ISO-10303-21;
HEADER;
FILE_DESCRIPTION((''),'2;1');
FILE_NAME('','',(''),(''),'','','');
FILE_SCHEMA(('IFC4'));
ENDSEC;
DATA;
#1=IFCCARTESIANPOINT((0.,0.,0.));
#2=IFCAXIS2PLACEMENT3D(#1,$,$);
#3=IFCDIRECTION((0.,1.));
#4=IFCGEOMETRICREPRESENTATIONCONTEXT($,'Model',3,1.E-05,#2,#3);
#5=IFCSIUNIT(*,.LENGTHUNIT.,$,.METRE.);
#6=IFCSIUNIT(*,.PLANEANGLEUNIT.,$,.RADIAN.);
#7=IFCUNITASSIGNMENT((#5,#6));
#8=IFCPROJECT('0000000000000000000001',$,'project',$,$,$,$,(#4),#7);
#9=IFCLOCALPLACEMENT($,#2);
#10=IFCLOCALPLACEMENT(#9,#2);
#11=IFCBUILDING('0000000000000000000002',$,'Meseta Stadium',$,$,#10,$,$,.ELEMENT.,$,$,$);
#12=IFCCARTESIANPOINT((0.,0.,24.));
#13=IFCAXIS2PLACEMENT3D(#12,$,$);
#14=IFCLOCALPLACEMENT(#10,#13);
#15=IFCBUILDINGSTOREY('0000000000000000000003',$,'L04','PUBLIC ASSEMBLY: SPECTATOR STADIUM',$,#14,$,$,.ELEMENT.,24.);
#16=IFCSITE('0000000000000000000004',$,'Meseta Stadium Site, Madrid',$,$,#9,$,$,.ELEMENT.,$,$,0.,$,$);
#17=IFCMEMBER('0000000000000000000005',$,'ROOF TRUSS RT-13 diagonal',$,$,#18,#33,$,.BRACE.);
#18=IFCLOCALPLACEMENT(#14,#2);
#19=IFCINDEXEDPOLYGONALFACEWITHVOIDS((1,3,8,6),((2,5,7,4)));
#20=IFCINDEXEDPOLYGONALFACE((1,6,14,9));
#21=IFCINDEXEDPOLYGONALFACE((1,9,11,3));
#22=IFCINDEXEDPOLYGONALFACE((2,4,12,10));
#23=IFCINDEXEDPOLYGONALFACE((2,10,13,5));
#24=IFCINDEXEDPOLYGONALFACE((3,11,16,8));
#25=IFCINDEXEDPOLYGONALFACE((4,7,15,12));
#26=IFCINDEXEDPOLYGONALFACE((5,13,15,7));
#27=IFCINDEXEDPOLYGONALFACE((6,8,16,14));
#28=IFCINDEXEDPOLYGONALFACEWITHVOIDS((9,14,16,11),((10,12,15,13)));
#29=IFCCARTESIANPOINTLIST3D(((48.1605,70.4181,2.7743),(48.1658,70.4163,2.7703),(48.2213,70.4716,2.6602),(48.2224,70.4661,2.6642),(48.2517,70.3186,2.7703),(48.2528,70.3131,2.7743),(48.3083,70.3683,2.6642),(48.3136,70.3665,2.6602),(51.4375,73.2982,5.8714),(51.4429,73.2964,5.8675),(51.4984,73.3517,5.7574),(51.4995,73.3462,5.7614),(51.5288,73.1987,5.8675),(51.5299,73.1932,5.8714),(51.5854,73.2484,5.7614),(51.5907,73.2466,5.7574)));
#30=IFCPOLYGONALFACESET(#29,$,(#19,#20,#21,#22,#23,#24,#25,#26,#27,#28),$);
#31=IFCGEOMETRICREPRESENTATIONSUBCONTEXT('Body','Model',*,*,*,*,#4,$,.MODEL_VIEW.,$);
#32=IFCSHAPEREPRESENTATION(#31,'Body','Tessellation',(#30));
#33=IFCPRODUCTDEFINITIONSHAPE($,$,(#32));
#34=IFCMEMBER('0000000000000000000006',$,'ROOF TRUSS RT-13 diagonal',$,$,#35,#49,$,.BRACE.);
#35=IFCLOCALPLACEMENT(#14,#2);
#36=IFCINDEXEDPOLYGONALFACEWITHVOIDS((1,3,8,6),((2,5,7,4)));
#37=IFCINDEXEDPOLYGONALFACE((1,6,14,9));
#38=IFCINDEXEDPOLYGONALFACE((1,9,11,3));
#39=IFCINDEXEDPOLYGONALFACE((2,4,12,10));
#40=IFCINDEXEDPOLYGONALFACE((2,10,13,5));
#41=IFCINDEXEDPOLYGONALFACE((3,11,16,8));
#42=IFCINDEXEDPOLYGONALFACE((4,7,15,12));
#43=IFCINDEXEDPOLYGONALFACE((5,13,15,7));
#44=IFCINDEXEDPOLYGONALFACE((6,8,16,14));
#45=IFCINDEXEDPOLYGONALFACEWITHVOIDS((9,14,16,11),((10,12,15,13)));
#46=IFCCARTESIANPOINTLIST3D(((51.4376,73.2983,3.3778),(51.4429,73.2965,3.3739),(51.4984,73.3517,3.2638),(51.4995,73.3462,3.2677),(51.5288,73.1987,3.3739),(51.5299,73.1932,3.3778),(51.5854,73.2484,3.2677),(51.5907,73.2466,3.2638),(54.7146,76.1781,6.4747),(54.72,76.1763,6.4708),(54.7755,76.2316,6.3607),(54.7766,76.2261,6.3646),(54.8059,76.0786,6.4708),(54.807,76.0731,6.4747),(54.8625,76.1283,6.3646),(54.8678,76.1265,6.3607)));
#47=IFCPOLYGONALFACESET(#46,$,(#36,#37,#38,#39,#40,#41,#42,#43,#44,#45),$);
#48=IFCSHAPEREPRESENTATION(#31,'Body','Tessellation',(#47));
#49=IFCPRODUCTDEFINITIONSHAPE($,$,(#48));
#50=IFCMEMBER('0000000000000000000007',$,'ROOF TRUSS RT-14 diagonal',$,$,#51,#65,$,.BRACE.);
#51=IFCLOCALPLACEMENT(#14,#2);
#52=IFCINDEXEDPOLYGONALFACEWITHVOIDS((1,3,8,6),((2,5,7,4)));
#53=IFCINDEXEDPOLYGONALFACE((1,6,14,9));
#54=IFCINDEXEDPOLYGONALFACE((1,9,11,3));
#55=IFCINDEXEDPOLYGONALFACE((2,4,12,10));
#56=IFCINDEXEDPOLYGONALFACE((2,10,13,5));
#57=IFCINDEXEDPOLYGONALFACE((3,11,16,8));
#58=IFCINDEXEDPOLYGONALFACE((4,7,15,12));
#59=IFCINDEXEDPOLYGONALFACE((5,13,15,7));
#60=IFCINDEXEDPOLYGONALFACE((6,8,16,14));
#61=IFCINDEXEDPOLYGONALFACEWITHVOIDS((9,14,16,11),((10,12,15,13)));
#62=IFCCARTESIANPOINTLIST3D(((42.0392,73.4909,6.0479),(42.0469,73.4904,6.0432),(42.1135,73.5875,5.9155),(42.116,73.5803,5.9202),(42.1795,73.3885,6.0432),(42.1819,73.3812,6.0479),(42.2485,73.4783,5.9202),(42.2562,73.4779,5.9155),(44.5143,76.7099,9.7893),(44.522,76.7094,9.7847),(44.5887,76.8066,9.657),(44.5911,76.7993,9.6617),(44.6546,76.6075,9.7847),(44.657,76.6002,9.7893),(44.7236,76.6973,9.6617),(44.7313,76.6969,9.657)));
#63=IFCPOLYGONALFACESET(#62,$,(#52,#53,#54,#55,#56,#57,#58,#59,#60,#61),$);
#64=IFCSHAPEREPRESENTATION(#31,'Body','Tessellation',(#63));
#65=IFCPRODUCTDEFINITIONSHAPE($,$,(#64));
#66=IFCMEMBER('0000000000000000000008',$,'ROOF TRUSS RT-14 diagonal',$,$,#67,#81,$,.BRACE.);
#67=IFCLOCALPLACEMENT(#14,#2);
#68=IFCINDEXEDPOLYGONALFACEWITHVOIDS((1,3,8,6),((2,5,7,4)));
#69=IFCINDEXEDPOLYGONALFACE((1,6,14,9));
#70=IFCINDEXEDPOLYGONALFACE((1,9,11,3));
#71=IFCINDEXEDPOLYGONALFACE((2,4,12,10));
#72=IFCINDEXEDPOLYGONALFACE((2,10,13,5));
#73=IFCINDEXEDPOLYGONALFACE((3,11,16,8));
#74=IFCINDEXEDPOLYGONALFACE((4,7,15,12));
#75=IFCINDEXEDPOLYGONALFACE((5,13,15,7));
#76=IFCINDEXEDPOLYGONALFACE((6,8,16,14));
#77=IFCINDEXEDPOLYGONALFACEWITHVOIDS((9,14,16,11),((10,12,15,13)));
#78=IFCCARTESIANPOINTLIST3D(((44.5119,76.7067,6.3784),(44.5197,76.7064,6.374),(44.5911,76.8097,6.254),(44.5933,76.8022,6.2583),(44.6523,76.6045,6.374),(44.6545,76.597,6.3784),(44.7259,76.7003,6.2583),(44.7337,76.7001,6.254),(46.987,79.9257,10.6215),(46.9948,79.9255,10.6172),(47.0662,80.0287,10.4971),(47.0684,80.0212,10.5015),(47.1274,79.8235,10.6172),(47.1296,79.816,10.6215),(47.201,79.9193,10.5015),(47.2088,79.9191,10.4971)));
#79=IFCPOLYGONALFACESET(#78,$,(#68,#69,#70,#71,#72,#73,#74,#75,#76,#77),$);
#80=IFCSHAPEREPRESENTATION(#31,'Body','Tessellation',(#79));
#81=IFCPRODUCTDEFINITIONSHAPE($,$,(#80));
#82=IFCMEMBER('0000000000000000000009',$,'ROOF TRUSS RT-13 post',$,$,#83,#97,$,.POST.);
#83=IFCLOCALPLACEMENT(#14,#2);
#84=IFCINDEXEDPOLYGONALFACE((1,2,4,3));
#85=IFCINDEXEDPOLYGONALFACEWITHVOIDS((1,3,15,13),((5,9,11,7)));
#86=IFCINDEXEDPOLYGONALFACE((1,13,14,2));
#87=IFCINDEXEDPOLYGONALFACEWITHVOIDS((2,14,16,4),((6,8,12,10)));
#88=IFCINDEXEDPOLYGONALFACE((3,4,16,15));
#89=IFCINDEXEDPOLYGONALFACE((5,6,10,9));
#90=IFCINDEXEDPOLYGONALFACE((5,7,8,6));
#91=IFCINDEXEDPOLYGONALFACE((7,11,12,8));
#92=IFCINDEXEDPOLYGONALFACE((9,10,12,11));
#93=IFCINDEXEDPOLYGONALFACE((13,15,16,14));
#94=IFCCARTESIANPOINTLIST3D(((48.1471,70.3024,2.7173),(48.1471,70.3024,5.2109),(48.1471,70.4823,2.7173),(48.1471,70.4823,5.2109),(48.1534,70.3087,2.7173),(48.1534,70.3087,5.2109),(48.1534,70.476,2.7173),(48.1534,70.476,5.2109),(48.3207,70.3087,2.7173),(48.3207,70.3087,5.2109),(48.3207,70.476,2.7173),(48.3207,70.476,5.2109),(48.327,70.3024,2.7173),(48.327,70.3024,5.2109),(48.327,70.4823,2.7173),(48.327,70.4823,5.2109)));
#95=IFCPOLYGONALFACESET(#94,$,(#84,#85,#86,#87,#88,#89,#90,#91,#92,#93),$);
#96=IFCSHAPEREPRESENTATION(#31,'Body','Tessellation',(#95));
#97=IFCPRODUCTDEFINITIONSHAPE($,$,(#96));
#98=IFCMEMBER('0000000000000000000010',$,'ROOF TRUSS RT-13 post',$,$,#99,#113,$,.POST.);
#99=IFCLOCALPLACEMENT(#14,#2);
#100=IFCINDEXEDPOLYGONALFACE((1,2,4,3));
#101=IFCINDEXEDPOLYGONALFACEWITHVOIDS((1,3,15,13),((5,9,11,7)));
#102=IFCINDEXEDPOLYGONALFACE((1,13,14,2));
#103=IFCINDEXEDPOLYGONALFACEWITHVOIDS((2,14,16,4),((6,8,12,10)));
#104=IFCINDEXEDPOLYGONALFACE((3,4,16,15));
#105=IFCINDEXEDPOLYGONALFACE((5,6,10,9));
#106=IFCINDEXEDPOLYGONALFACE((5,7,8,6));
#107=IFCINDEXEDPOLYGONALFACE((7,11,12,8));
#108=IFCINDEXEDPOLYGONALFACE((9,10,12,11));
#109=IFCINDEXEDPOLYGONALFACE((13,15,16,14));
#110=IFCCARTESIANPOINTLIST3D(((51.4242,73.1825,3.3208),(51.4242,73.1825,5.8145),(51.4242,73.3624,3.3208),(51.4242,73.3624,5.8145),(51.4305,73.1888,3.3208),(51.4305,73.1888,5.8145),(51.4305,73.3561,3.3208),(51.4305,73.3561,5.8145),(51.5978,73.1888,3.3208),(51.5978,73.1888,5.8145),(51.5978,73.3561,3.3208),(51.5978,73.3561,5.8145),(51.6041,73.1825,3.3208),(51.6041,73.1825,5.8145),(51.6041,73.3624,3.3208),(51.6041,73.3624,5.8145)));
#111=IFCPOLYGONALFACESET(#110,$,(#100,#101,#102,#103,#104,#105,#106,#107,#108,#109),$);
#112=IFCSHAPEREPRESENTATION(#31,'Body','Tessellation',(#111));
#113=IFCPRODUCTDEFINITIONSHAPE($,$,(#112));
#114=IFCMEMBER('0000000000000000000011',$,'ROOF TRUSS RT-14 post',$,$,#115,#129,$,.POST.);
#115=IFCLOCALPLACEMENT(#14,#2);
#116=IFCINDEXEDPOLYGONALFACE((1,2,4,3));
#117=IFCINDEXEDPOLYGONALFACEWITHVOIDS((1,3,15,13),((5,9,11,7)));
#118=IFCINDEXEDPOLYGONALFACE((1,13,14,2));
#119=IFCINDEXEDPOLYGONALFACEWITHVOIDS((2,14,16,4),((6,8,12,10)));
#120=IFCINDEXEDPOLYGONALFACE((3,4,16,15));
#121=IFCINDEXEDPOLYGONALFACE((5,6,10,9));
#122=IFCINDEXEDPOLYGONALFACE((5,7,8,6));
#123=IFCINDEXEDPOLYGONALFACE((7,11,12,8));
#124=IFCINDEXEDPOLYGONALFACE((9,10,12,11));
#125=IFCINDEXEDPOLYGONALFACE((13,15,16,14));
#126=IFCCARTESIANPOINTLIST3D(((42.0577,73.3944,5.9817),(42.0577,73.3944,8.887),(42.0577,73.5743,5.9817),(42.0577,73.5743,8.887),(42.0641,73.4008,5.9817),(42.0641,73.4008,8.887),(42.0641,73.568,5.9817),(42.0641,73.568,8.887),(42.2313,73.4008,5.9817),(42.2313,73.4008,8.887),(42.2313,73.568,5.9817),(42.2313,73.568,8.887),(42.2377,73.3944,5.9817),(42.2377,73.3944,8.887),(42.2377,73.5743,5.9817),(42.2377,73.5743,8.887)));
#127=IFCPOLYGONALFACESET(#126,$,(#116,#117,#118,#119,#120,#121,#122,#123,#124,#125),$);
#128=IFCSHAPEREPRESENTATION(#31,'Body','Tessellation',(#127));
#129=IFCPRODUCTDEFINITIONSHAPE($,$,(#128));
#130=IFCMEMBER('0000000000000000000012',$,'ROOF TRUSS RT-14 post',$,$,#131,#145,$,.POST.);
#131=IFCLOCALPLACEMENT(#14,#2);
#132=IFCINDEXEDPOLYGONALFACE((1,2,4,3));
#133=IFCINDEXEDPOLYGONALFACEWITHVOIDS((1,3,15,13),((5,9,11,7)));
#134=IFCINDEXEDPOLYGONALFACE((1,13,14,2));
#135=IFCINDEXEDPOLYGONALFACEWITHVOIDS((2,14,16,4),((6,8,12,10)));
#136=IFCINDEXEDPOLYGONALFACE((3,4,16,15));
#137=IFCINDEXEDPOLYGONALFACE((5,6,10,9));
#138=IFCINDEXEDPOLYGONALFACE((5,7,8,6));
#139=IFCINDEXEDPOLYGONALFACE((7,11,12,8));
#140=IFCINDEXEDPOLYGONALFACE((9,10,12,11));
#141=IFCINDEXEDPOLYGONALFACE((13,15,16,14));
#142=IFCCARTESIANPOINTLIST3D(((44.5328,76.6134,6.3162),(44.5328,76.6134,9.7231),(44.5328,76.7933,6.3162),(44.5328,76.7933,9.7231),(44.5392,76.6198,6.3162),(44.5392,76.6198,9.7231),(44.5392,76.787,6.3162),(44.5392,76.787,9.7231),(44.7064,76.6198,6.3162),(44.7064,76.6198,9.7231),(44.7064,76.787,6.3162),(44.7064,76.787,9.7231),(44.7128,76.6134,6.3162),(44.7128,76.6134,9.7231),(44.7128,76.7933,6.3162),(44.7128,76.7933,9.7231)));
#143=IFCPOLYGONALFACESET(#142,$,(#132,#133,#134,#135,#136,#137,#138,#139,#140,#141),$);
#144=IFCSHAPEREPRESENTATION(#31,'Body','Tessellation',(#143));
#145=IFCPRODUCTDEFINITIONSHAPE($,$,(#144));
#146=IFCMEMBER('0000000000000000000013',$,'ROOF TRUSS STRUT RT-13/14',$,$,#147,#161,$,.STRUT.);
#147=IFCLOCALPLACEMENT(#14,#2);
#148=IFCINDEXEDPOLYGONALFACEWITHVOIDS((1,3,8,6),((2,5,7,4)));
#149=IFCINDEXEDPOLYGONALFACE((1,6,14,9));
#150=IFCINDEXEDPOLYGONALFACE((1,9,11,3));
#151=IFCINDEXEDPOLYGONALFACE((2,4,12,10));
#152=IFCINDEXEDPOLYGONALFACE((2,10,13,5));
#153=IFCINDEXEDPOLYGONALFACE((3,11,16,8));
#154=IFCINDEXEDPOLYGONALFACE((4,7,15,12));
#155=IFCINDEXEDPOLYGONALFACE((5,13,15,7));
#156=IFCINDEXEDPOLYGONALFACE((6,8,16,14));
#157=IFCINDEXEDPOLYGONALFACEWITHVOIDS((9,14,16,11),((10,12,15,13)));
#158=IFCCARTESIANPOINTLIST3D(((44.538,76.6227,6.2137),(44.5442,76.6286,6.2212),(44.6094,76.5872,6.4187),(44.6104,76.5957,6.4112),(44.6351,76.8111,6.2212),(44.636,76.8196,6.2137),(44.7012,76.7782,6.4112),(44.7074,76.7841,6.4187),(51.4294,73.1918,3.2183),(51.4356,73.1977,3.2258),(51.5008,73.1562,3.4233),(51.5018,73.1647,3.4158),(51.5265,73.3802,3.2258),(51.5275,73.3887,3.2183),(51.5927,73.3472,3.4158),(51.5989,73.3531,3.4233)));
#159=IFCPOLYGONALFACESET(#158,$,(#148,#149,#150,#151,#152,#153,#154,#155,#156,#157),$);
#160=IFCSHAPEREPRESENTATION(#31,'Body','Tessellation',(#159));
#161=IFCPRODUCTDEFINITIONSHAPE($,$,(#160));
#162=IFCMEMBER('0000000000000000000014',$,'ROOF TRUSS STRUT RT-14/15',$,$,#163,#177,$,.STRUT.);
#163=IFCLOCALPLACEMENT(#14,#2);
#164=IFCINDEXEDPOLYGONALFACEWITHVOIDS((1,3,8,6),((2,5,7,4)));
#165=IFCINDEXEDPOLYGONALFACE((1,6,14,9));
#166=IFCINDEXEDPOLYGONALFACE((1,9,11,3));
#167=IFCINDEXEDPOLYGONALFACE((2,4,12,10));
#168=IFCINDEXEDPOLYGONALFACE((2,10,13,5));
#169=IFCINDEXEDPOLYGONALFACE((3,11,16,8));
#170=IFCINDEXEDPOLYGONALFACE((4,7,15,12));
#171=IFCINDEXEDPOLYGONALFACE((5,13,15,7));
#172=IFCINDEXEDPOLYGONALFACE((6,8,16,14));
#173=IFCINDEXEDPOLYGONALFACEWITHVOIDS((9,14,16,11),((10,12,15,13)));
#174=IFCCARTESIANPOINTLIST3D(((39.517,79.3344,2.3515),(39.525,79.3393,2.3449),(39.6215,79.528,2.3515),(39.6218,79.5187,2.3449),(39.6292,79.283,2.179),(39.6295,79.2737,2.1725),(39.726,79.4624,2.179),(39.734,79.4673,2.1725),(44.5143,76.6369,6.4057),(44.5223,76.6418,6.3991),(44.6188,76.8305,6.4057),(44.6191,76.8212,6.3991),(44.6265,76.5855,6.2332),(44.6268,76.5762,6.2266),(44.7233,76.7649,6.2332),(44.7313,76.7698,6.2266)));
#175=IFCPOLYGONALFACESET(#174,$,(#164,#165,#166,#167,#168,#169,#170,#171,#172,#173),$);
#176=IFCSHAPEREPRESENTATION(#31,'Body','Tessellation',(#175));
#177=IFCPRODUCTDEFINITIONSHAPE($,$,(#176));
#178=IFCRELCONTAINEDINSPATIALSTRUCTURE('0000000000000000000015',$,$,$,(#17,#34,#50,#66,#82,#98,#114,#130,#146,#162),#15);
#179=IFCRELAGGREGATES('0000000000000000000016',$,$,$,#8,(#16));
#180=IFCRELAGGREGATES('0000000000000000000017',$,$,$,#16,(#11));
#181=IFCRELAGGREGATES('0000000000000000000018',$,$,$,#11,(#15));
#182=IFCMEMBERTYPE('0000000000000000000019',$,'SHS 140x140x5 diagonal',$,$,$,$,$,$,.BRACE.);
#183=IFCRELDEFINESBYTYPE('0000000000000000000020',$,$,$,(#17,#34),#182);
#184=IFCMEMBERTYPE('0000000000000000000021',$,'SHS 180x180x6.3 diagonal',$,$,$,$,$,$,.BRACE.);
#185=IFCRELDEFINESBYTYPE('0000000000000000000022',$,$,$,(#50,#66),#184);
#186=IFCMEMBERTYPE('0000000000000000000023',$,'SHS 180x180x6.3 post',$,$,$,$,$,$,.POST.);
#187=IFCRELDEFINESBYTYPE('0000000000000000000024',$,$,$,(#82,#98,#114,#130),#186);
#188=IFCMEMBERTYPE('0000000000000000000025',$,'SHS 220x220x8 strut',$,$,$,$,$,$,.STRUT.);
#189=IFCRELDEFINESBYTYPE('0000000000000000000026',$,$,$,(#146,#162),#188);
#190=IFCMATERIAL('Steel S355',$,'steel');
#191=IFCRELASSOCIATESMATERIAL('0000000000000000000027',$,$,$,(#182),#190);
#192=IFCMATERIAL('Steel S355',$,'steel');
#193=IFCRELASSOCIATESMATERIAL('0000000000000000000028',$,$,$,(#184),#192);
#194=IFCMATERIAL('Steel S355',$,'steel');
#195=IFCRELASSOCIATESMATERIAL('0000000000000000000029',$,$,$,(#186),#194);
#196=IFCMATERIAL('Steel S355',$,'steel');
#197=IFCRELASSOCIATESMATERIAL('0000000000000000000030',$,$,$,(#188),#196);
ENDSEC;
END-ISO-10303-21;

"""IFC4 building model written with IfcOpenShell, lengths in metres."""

from ifc_helpers import new_model, si_unit, direction, frame, origin, origin_2d, place, context, subcontext, project, spatial, hollow_rectangle, extrude, material, material_profile, profile_set, type_object, element, save


model = new_model("IFC4")

# Units and contexts
model_context = context("Model", 3, precision=1e-05, world=origin(), true_north=direction((0.0, 1.0)))
body_context = subcontext(model_context, "Body", "Model", "MODEL_VIEW")
ifc_project = project(units=[si_unit("LENGTHUNIT", "METRE"), si_unit("PLANEANGLEUNIT", "RADIAN")], contexts=[model_context])

# Site, building, storey
site_placement = place(None, origin())
site = spatial("IfcSite", under=ifc_project, at=site_placement, Name="Meseta Stadium Site, Madrid", CompositionType="ELEMENT", RefElevation=0.0)
building_placement = place(site_placement, origin())
building = spatial("IfcBuilding", under=site, at=building_placement, Name="Meseta Stadium", CompositionType="ELEMENT")
storey_placement = place(building_placement, frame((0.0, 0.0, 24.0)))
storey = spatial("IfcBuildingStorey", under=building, at=storey_placement, Name="L04", Description="PUBLIC ASSEMBLY: SPECTATOR STADIUM", CompositionType="ELEMENT", Elevation=24.0)

# Members
ifc_material_1 = material(Name="Steel S355", Category="steel")
ifc_material_profile_1 = material_profile(ifc_material_1, hollow_rectangle(XDim=0.1399, YDim=0.1399, WallThickness=0.0049, at=origin_2d()), Name="SHS 140x140x5")
ifc_profile_set_1 = profile_set([ifc_material_profile_1], Name="Steel S355")
member_type_1 = type_object("IfcMemberType", Name="SHS 140x140x5 diagonal", PredefinedType="BRACE", material=ifc_profile_set_1)
member_1_placement = place(storey_placement, frame((48.2371, 70.3923, 2.7173), z_axis=(0.612494, 0.5383, 0.578865), x_axis=(-0.660147, 0.751136, 0.0)))
element("IfcMember", 1, at=member_1_placement, inside=storey, type_object=member_type_1, Name="ROOF TRUSS RT-13 diagonal", PredefinedType="BRACE", context=body_context, shape_type="SweptSolid", body=[
    extrude(hollow_rectangle(XDim=0.1399, YDim=0.1399, WallThickness=0.0049, at=origin_2d()), origin(), (0.0, 0.0, 1.0), 5.3503),
])
member_2_placement = place(storey_placement, frame((51.5142, 73.2725, 3.3208), z_axis=(0.612525, 0.538281, 0.578849), x_axis=(-0.660116, 0.751164, 0.0)))
element("IfcMember", 2, at=member_2_placement, inside=storey, type_object=member_type_1, Name="ROOF TRUSS RT-13 diagonal", PredefinedType="BRACE", context=body_context, shape_type="SweptSolid", body=[
    extrude(hollow_rectangle(XDim=0.1399, YDim=0.1399, WallThickness=0.0049, at=origin_2d()), origin(), (0.0, 0.0, 1.0), 5.3501),
])
ifc_material_2 = material(Name="Steel S355", Category="steel")
ifc_material_profile_2 = material_profile(ifc_material_2, hollow_rectangle(XDim=0.1799, YDim=0.1799, WallThickness=0.0063, at=origin_2d()), Name="SHS 180x180x6.3")
ifc_profile_set_2 = profile_set([ifc_material_profile_2], Name="Steel S355")
member_type_2 = type_object("IfcMemberType", Name="SHS 180x180x6.3 diagonal", PredefinedType="BRACE", material=ifc_profile_set_2)
member_3_placement = place(storey_placement, frame((42.1477, 73.4844, 5.9817), z_axis=(0.448269, 0.582997, 0.677621), x_axis=(-0.792749, 0.609548, 0.0)))
element("IfcMember", 3, at=member_3_placement, inside=storey, type_object=member_type_2, Name="ROOF TRUSS RT-14 diagonal", PredefinedType="BRACE", context=body_context, shape_type="SweptSolid", body=[
    extrude(hollow_rectangle(XDim=0.1799, YDim=0.1799, WallThickness=0.0063, at=origin_2d()), origin(), (0.0, 0.0, 1.0), 5.5215),
])
member_4_placement = place(storey_placement, frame((44.6228, 76.7034, 6.3162), z_axis=(0.421435, 0.548098, 0.722483), x_axis=(-0.792749, 0.609548, 0.0)))
element("IfcMember", 4, at=member_4_placement, inside=storey, type_object=member_type_2, Name="ROOF TRUSS RT-14 diagonal", PredefinedType="BRACE", context=body_context, shape_type="SweptSolid", body=[
    extrude(hollow_rectangle(XDim=0.1799, YDim=0.1799, WallThickness=0.0063, at=origin_2d()), origin(), (0.0, 0.0, 1.0), 5.873),
])
ifc_material_3 = material(Name="Steel S355", Category="steel")
ifc_material_profile_3 = material_profile(ifc_material_3, hollow_rectangle(XDim=0.1799, YDim=0.1799, WallThickness=0.0063, at=origin_2d()), Name="SHS 180x180x6.3")
ifc_profile_set_3 = profile_set([ifc_material_profile_3], Name="Steel S355")
member_type_3 = type_object("IfcMemberType", Name="SHS 180x180x6.3 post", PredefinedType="POST", material=ifc_profile_set_3)
for number, where, z_axis, x_axis, name in (
    (5, (48.2371, 70.3923, 2.7173), (0.0, 0.0, 1.0), (1.0, 0.0, 0.0), "ROOF TRUSS RT-13 post"),
    (6, (51.5142, 73.2725, 3.3208), (0.0, 0.0, 1.0), (1.0, 0.0, 0.0), "ROOF TRUSS RT-13 post"),
):
    element("IfcMember", number, at=place(storey_placement, frame(where, z_axis=z_axis, x_axis=x_axis)), inside=storey, type_object=member_type_3, Name=name, PredefinedType="POST", context=body_context, shape_type="SweptSolid", body=[
        extrude(hollow_rectangle(XDim=0.1799, YDim=0.1799, WallThickness=0.0063, at=origin_2d()), origin(), (0.0, 0.0, 1.0), 2.4937),
    ])
member_5_placement = place(storey_placement, frame((42.1477, 73.4844, 5.9817), z_axis=(0.0, 0.0, 1.0), x_axis=(1.0, 0.0, 0.0)))
element("IfcMember", 7, at=member_5_placement, inside=storey, type_object=member_type_3, Name="ROOF TRUSS RT-14 post", PredefinedType="POST", context=body_context, shape_type="SweptSolid", body=[
    extrude(hollow_rectangle(XDim=0.1799, YDim=0.1799, WallThickness=0.0063, at=origin_2d()), origin(), (0.0, 0.0, 1.0), 2.9053),
])
member_6_placement = place(storey_placement, frame((44.6228, 76.7034, 6.3162), z_axis=(0.0, 0.0, 1.0), x_axis=(1.0, 0.0, 0.0)))
element("IfcMember", 8, at=member_6_placement, inside=storey, type_object=member_type_3, Name="ROOF TRUSS RT-14 post", PredefinedType="POST", context=body_context, shape_type="SweptSolid", body=[
    extrude(hollow_rectangle(XDim=0.1799, YDim=0.1799, WallThickness=0.0063, at=origin_2d()), origin(), (0.0, 0.0, 1.0), 3.407),
])
ifc_material_4 = material(Name="Steel S355", Category="steel")
ifc_material_profile_4 = material_profile(ifc_material_4, hollow_rectangle(XDim=0.22, YDim=0.22, WallThickness=0.0081, at=origin_2d()), Name="SHS 220x220x8")
ifc_profile_set_4 = profile_set([ifc_material_profile_4], Name="Steel S355")
member_type_4 = type_object("IfcMemberType", Name="SHS 220x220x8 strut", PredefinedType="STRUT", material=ifc_profile_set_4)
member_7_placement = place(storey_placement, frame((51.5142, 73.2725, 3.3208), z_axis=(-0.834265, 0.415344, 0.362617), x_axis=(-0.445678, -0.895193, 0.0)))
element("IfcMember", 9, at=member_7_placement, inside=storey, type_object=member_type_4, Name="ROOF TRUSS STRUT RT-13/14", PredefinedType="STRUT", context=body_context, shape_type="SweptSolid", body=[
    extrude(hollow_rectangle(XDim=0.22, YDim=0.22, WallThickness=0.0081, at=origin_2d()), origin(), (0.0, 0.0, 1.0), 8.2605),
])
member_8_placement = place(storey_placement, frame((44.6228, 76.7034, 6.3162), z_axis=(-0.716199, 0.386598, -0.581035), x_axis=(-0.475007, -0.879982, 0.0)))
element("IfcMember", 10, at=member_8_placement, inside=storey, type_object=member_type_4, Name="ROOF TRUSS STRUT RT-14/15", PredefinedType="STRUT", context=body_context, shape_type="SweptSolid", body=[
    extrude(hollow_rectangle(XDim=0.22, YDim=0.22, WallThickness=0.0081, at=origin_2d()), origin(), (0.0, 0.0, 1.0), 6.9775),
])

save(model, "model.ifc")
